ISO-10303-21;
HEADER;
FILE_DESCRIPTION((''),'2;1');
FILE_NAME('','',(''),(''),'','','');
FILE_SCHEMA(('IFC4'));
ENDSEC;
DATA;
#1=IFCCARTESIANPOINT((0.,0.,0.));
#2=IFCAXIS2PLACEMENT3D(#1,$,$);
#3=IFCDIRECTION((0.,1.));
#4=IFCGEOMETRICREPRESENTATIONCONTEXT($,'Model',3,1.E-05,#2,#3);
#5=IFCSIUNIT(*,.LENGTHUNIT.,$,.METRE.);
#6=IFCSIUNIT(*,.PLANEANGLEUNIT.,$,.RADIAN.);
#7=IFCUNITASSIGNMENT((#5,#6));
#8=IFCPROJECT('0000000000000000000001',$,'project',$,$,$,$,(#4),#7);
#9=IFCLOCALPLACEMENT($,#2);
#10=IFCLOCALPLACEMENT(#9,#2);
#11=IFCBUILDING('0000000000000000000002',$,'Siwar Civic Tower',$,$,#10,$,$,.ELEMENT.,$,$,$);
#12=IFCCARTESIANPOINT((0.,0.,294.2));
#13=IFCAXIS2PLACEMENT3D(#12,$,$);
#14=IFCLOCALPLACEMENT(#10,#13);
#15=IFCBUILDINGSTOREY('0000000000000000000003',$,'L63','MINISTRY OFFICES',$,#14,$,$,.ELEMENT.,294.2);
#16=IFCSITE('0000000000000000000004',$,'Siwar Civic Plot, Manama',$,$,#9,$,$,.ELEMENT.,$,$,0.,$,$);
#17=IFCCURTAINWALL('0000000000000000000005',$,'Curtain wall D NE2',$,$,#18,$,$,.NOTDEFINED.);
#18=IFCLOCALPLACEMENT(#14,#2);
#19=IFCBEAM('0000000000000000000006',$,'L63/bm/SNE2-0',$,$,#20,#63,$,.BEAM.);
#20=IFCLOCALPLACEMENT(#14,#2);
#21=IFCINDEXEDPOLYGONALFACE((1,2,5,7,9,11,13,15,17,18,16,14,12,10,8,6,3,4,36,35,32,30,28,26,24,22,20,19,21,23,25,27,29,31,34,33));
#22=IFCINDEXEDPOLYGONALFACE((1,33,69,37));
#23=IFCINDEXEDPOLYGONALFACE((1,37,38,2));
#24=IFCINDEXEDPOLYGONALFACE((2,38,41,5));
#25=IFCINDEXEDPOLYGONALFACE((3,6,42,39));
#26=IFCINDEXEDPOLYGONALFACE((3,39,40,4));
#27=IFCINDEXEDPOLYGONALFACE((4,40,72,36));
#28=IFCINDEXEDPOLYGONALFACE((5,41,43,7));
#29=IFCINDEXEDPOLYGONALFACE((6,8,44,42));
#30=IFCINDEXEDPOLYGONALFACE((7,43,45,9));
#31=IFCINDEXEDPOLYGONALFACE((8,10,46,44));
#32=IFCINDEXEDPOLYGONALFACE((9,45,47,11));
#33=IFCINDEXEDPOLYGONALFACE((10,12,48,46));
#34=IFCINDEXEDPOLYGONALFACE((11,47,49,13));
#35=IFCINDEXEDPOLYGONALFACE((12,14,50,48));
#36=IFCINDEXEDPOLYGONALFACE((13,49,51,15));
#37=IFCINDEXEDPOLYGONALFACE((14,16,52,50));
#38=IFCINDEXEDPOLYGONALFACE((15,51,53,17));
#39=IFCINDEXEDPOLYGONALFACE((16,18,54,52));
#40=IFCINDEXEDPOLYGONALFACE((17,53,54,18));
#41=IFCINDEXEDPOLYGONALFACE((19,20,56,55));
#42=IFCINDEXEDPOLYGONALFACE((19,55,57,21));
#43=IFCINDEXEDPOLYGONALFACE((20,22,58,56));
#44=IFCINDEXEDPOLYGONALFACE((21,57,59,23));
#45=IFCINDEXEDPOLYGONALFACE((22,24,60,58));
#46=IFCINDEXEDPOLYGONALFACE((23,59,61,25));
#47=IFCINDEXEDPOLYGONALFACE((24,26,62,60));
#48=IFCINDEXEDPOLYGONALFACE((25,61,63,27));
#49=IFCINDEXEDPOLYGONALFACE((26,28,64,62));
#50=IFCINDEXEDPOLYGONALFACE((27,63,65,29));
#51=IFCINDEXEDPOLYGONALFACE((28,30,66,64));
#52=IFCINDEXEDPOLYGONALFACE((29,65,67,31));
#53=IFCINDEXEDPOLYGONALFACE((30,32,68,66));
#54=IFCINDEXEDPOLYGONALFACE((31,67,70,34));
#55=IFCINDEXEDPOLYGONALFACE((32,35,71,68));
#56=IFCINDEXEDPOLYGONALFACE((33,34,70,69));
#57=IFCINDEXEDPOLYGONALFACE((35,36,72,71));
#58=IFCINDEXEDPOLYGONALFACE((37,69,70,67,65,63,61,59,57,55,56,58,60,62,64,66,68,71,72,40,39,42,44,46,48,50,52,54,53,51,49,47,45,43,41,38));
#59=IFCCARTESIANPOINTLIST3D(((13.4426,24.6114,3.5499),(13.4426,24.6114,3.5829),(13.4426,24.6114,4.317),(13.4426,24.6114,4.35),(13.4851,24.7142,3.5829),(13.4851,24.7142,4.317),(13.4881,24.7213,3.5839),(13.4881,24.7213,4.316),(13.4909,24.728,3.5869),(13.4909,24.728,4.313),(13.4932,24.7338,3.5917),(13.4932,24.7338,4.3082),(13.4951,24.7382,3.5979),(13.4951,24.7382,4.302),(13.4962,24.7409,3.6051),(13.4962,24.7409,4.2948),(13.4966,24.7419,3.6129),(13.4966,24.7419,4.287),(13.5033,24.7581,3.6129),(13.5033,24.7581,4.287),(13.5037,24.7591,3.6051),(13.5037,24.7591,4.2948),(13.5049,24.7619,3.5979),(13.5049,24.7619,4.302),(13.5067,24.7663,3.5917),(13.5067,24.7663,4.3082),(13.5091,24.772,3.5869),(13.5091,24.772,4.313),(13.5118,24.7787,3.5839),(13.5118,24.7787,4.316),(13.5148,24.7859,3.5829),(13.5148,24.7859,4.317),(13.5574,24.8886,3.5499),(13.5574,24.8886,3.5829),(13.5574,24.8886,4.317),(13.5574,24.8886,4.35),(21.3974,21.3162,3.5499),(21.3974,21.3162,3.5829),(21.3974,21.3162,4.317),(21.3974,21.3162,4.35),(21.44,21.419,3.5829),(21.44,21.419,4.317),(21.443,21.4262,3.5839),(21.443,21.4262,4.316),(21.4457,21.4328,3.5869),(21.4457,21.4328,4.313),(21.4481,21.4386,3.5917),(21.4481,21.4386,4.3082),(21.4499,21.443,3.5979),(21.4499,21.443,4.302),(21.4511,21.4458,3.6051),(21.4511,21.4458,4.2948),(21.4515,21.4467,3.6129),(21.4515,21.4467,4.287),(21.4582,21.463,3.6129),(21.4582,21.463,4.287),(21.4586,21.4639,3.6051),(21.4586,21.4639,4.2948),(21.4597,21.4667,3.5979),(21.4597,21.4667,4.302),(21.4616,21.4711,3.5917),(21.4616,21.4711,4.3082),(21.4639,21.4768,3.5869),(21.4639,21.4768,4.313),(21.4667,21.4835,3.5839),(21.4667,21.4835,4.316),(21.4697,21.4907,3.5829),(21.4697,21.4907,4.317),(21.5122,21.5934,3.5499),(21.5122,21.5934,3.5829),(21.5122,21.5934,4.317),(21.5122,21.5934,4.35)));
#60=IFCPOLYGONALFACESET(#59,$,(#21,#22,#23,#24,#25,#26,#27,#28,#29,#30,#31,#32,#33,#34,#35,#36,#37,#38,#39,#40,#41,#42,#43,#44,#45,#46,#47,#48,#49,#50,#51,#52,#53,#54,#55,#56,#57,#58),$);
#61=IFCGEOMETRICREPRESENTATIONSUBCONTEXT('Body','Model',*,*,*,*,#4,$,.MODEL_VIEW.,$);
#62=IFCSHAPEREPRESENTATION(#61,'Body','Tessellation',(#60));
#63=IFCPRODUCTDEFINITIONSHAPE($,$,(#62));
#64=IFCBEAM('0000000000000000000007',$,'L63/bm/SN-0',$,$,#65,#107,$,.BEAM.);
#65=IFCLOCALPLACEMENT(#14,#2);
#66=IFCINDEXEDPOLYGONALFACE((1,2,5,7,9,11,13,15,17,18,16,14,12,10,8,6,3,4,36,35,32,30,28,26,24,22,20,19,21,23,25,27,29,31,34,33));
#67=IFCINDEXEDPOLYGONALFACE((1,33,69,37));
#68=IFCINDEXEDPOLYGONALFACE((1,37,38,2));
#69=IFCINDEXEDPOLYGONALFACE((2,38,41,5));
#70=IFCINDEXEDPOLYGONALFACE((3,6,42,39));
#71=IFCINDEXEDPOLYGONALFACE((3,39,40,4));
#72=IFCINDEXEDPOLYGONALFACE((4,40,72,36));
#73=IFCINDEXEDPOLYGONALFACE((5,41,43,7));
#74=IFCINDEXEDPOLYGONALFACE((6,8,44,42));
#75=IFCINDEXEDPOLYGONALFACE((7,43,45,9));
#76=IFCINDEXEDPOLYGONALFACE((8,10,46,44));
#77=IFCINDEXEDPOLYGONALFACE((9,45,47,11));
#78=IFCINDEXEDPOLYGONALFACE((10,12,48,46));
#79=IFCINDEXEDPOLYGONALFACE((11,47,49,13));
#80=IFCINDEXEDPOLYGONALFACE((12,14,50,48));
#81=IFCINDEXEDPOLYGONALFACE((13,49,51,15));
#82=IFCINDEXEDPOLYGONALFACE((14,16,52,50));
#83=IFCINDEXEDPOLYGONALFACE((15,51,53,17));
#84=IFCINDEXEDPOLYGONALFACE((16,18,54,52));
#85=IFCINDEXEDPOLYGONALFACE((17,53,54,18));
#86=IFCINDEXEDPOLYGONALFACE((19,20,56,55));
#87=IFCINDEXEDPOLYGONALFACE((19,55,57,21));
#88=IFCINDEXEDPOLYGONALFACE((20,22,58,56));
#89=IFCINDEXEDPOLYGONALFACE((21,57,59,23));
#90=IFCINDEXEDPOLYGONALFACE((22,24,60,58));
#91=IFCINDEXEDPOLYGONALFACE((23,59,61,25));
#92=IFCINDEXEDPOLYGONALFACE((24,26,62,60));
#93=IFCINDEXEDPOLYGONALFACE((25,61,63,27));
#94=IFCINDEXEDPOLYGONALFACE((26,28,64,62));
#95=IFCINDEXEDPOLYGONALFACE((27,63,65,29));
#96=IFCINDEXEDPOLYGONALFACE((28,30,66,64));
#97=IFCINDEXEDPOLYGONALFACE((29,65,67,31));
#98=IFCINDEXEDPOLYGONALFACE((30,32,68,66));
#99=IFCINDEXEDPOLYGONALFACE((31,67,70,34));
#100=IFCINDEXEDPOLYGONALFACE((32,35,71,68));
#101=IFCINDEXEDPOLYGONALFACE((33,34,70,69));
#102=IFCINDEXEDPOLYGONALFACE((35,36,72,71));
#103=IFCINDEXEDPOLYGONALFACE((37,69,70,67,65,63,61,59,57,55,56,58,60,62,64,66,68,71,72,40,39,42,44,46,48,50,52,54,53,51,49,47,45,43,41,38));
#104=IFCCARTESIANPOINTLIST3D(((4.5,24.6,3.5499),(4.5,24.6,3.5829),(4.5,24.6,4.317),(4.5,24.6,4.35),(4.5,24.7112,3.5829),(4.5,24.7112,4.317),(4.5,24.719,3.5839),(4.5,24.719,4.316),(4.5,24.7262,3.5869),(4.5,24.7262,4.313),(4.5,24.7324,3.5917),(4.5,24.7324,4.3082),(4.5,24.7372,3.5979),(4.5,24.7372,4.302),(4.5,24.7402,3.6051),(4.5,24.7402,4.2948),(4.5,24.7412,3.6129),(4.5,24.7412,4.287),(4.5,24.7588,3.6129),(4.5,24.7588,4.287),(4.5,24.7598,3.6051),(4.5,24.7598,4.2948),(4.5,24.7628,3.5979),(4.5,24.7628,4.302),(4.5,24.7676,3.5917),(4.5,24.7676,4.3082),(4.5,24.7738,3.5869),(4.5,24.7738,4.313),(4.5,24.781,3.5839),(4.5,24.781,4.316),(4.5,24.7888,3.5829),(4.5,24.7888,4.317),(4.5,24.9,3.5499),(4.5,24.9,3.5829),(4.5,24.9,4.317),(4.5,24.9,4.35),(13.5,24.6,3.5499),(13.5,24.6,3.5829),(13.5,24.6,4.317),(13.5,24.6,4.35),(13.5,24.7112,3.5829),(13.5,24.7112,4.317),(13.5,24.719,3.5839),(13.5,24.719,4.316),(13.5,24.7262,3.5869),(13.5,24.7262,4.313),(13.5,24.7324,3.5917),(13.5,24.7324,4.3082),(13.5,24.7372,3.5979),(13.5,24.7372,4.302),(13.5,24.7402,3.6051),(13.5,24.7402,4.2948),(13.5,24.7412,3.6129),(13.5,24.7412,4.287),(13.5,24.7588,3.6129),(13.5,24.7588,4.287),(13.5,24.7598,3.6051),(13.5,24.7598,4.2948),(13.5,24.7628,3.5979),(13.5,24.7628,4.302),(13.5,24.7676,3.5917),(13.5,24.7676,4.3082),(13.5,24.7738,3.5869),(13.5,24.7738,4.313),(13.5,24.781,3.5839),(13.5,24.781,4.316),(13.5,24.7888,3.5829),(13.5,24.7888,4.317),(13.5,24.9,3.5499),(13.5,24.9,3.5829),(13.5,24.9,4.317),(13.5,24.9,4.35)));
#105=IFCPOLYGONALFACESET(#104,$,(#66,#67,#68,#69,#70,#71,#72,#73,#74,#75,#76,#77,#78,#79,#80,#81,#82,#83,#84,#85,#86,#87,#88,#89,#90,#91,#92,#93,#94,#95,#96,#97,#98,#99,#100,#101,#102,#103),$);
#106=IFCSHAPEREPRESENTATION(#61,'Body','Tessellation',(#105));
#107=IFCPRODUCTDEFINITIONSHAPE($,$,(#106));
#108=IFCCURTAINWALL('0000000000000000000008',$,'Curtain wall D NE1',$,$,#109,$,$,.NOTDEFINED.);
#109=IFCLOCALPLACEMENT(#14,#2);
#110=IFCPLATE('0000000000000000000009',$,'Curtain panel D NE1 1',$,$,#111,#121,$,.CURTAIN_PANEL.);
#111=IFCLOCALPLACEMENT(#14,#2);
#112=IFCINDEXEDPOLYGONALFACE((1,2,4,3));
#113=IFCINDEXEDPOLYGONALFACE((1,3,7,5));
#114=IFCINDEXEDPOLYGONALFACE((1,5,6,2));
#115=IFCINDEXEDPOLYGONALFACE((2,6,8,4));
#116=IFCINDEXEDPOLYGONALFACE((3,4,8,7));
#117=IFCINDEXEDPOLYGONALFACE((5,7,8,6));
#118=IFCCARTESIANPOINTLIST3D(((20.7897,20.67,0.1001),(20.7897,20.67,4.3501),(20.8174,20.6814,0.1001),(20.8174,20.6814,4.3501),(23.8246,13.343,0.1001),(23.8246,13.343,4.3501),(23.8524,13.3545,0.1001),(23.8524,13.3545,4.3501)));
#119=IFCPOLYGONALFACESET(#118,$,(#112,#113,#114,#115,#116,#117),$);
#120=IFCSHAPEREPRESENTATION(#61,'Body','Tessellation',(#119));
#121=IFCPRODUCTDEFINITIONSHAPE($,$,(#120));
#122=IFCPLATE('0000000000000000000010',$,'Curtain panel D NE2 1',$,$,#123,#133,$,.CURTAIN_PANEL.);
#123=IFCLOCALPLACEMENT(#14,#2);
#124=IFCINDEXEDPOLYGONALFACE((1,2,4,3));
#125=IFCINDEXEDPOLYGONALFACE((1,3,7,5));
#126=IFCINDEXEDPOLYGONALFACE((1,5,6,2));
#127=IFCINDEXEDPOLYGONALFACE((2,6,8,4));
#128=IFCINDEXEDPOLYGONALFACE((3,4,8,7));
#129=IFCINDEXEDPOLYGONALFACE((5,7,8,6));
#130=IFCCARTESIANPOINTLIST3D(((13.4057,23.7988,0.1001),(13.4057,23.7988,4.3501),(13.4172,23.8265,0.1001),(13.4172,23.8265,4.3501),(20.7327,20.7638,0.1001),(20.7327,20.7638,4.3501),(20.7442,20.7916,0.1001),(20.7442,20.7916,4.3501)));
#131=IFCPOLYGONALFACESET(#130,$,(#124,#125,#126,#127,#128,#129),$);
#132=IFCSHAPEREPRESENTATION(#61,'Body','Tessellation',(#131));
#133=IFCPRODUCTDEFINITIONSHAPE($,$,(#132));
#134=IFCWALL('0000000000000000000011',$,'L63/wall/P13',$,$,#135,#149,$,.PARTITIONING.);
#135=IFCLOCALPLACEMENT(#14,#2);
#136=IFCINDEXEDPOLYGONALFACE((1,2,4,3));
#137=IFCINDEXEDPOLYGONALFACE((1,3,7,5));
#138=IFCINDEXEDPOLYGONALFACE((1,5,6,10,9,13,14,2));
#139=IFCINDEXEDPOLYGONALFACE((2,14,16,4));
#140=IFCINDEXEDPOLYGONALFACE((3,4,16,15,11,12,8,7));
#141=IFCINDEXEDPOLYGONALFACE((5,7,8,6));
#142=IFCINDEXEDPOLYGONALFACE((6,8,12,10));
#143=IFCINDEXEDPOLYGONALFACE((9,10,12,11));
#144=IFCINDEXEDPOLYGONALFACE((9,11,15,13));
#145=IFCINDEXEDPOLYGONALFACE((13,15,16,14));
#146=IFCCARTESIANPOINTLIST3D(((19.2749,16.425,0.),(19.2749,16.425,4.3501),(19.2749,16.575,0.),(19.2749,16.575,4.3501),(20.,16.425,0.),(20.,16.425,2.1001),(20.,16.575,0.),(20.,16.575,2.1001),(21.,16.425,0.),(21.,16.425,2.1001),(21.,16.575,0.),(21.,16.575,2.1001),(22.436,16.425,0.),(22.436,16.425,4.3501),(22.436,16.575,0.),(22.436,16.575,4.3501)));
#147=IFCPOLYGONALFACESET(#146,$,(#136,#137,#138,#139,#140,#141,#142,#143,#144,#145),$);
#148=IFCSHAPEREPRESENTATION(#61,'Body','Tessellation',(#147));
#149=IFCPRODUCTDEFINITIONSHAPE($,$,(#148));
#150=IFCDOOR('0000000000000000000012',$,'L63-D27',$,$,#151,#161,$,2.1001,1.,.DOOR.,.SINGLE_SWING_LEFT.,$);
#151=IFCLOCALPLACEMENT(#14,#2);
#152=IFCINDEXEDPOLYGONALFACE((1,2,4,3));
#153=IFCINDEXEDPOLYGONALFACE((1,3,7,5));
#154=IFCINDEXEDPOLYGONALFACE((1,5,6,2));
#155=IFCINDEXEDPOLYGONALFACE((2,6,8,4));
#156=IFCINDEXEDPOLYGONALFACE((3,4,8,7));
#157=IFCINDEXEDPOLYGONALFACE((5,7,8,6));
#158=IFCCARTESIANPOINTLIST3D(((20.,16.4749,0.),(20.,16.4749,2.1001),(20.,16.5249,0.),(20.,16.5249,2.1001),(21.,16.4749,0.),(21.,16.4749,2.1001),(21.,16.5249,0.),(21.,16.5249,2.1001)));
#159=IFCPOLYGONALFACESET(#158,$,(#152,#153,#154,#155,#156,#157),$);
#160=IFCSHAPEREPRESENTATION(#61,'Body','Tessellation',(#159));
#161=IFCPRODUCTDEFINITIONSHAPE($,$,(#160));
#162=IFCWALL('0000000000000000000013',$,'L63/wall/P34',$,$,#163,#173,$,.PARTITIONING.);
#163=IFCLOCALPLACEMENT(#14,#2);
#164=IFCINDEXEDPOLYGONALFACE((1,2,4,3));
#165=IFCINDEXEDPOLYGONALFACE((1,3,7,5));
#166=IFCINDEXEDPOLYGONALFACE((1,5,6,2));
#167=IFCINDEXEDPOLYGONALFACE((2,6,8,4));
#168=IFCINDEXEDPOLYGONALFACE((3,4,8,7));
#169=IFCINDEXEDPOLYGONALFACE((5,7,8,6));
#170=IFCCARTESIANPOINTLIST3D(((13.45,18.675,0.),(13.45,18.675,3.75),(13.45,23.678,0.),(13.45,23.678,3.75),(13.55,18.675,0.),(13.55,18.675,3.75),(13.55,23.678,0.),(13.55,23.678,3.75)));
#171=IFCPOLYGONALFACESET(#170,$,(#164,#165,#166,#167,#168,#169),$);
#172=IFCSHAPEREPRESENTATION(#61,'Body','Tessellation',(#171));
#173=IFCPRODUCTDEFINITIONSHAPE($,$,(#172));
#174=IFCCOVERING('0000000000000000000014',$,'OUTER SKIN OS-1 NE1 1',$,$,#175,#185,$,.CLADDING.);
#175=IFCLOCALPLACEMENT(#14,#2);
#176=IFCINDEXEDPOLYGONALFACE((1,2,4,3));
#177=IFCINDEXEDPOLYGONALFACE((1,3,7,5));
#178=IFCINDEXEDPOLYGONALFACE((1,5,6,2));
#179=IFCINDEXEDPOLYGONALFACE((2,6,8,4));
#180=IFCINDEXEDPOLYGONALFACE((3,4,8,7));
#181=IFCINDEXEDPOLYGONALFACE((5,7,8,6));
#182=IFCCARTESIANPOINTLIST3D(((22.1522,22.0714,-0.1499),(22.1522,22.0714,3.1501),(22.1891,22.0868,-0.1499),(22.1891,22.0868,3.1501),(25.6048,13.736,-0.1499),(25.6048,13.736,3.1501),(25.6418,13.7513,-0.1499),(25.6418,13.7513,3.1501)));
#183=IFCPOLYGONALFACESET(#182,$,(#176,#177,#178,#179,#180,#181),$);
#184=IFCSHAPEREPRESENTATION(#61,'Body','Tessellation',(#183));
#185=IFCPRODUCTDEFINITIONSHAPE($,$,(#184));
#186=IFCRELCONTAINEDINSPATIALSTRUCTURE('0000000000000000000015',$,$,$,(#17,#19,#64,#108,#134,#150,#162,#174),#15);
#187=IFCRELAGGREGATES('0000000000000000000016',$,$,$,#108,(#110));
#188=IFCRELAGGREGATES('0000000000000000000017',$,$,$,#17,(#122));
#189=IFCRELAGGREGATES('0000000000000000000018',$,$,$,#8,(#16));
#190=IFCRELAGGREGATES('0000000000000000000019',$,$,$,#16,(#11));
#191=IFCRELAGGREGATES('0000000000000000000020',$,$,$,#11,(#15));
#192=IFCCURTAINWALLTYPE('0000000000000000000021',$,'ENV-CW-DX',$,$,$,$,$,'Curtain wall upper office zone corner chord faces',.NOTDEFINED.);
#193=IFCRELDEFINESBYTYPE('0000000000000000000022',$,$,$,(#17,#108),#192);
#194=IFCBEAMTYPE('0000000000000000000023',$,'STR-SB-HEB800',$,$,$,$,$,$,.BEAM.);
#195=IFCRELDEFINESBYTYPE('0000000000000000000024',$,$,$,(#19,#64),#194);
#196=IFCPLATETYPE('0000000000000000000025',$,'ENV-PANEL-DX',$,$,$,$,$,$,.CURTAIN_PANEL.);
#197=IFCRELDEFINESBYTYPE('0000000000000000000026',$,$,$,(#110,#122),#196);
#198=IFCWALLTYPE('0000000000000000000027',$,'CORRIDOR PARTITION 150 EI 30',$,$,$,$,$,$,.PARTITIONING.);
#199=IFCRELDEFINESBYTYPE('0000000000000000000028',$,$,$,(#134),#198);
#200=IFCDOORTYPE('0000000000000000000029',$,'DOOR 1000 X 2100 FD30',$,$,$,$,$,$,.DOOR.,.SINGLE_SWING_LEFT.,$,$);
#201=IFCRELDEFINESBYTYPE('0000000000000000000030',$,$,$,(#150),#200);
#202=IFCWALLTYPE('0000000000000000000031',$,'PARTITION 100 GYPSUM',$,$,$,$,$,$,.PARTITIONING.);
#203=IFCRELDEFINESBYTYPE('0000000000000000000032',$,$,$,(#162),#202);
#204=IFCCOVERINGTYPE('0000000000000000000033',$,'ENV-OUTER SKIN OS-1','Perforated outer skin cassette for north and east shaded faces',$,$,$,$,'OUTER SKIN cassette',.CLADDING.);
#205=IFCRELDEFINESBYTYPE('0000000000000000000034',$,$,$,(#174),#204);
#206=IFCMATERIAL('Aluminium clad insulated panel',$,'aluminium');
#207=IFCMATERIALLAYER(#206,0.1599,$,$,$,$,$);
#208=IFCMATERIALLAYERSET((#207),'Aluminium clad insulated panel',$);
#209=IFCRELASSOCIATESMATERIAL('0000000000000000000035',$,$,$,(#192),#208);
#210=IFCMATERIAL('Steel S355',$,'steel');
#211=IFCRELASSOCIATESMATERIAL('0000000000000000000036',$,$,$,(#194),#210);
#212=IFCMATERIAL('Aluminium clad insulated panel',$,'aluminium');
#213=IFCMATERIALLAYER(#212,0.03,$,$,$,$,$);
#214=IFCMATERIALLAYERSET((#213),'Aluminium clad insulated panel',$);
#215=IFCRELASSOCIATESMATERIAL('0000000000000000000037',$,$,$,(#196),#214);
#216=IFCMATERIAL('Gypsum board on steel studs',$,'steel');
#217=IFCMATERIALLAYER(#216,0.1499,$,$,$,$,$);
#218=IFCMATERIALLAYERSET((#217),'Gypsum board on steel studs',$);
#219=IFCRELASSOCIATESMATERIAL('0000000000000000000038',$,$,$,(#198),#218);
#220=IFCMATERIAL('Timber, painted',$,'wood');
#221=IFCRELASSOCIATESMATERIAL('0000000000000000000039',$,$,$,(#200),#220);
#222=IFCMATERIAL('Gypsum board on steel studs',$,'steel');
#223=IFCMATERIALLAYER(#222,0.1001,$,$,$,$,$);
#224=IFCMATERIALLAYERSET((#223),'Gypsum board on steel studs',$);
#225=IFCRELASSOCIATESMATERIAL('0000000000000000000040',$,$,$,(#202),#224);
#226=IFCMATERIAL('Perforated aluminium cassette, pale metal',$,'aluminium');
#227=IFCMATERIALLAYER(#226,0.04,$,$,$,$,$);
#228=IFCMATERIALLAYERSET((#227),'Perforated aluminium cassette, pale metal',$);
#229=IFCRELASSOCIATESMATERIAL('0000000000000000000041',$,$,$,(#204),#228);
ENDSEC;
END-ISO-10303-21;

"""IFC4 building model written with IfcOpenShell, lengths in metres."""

from ifc_helpers import new_model, si_unit, direction, frame, frame_2d, origin, origin_2d, place, context, subcontext, project, spatial, rectangle, i_section, extrude, material, layer, layer_set, material_profile, profile_set, type_object, element, fill, aggregate, save


model = new_model("IFC4")

# Units and contexts
model_context = context("Model", 3, precision=1e-05, world=origin(), true_north=direction((0.0, 1.0)))
body_context = subcontext(model_context, "Body", "Model", "MODEL_VIEW")
ifc_project = project(units=[si_unit("LENGTHUNIT", "METRE"), si_unit("PLANEANGLEUNIT", "RADIAN")], contexts=[model_context])

# Site, building, storey
site_placement = place(None, origin())
site = spatial("IfcSite", under=ifc_project, at=site_placement, Name="Siwar Civic Plot, Manama", CompositionType="ELEMENT", RefElevation=0.0)
building_placement = place(site_placement, origin())
building = spatial("IfcBuilding", under=site, at=building_placement, Name="Siwar Civic Tower", CompositionType="ELEMENT")
storey_placement = place(building_placement, frame((0.0, 0.0, 294.2)))
storey = spatial("IfcBuildingStorey", under=building, at=storey_placement, Name="L63", Description="MINISTRY OFFICES", CompositionType="ELEMENT", Elevation=294.2)

# Curtain wall
ifc_material_1 = material(Name="Aluminium clad insulated panel", Category="aluminium")
ifc_layer_1 = layer(ifc_material_1, 0.1599)
ifc_layer_set_1 = layer_set([ifc_layer_1], Name="Aluminium clad insulated panel")
curtain_wall_type = type_object("IfcCurtainWallType", Name="ENV-CW-DX", ElementType="Curtain wall upper office zone corner chord faces", PredefinedType="NOTDEFINED", material=ifc_layer_set_1)
curtain_wall_1_placement = place(storey_placement, origin())
curtain_wall_1 = element("IfcCurtainWall", 1, at=curtain_wall_1_placement, inside=storey, type_object=curtain_wall_type, Name="Curtain wall D NE2", PredefinedType="NOTDEFINED")

# Beams
ifc_material_2 = material(Name="Steel S355", Category="steel")
ifc_material_profile_1 = material_profile(ifc_material_2, i_section(OverallWidth=0.3, OverallDepth=0.8, WebThickness=0.0176, FlangeThickness=0.033, FilletRadius=0.03, at=origin_2d()), Name="HEB800")
ifc_profile_set_1 = profile_set([ifc_material_profile_1], Name="Steel S355")
beam_type_1 = type_object("IfcBeamType", Name="STR-SB-HEB800", PredefinedType="BEAM", material=ifc_profile_set_1)
beam_1_placement = place(storey_placement, frame((21.4548, 21.4548, 3.95), z_axis=(-0.923873, 0.3827, 0.0), x_axis=(-0.3827, -0.923873, 0.0)))
element("IfcBeam", 2, at=beam_1_placement, inside=storey, type_object=beam_type_1, Name="L63/bm/SNE2-0", PredefinedType="BEAM", context=body_context, shape_type="SweptSolid", body=[
    extrude(i_section(OverallWidth=0.3, OverallDepth=0.8, WebThickness=0.0176, FlangeThickness=0.033, FilletRadius=0.03, at=origin_2d()), origin(), (0.0, 0.0, 1.0), 8.6104),
])
beam_2_placement = place(storey_placement, frame((13.5, 24.75, 3.95), z_axis=(-1.0, 0.0, 0.0), x_axis=(0.0, -1.0, 0.0)))
element("IfcBeam", 3, at=beam_2_placement, inside=storey, type_object=beam_type_1, Name="L63/bm/SN-0", PredefinedType="BEAM", context=body_context, shape_type="SweptSolid", body=[
    extrude(i_section(OverallWidth=0.3, OverallDepth=0.8, WebThickness=0.0176, FlangeThickness=0.033, FilletRadius=0.03, at=origin_2d()), origin(), (0.0, 0.0, 1.0), 9.0),
])

# Curtain wall, plate
curtain_wall_2_placement = place(storey_placement, origin())
curtain_wall_2 = element("IfcCurtainWall", 4, at=curtain_wall_2_placement, inside=storey, type_object=curtain_wall_type, Name="Curtain wall D NE1", PredefinedType="NOTDEFINED")
ifc_material_3 = material(Name="Aluminium clad insulated panel", Category="aluminium")
ifc_layer_2 = layer(ifc_material_3, 0.03)
ifc_layer_set_2 = layer_set([ifc_layer_2], Name="Aluminium clad insulated panel")
plate_type = type_object("IfcPlateType", Name="ENV-PANEL-DX", PredefinedType="CURTAIN_PANEL", material=ifc_layer_set_2)
plate_1_placement = place(storey_placement, frame((22.321, 17.0122, 0.1001), z_axis=(0.0, 0.0, 1.0), x_axis=(-0.382683, 0.92388, 0.0)))
plate_1 = element("IfcPlate", 5, at=plate_1_placement, type_object=plate_type, Name="Curtain panel D NE1 1", PredefinedType="CURTAIN_PANEL", context=body_context, shape_type="SweptSolid", body=[
    extrude(rectangle(XDim=7.9307, YDim=0.03, at=origin_2d()), origin(), (0.0, 0.0, 1.0), 4.25),
])
aggregate(curtain_wall_2, [plate_1])

# Plate
plate_2_placement = place(storey_placement, frame((17.075, 22.2952, 0.1001), z_axis=(0.0, 0.0, 1.0), x_axis=(-0.92388, 0.382683, 0.0)))
plate_2 = element("IfcPlate", 6, at=plate_2_placement, type_object=plate_type, Name="Curtain panel D NE2 1", PredefinedType="CURTAIN_PANEL", context=body_context, shape_type="SweptSolid", body=[
    extrude(rectangle(XDim=7.9307, YDim=0.03, at=origin_2d()), origin(), (0.0, 0.0, 1.0), 4.25),
])
aggregate(curtain_wall_1, [plate_2])

# Wall, opening, door
ifc_material_4 = material(Name="Gypsum board on steel studs", Category="steel")
ifc_layer_3 = layer(ifc_material_4, 0.1499)
ifc_layer_set_3 = layer_set([ifc_layer_3], Name="Gypsum board on steel studs")
wall_type_1 = type_object("IfcWallType", Name="CORRIDOR PARTITION 150 EI 30", PredefinedType="PARTITIONING", material=ifc_layer_set_3)
wall_1_placement = place(storey_placement, frame((19.2749, 16.5, 0.0), z_axis=(0.0, 0.0, 1.0), x_axis=(1.0, 0.0, 0.0)))
wall_1 = element("IfcWall", 7, at=wall_1_placement, inside=storey, type_object=wall_type_1, Name="L63/wall/P13", PredefinedType="PARTITIONING", context=body_context, shape_type="SweptSolid", body=[
    extrude(rectangle(XDim=3.1611, YDim=0.1499, at=frame_2d((1.5806, 0.0))), origin(), (0.0, 0.0, 1.0), 4.3501),
])
opening_placement = place(wall_1_placement, frame((0.7251, 0.0, 0.0)))
opening = element("IfcOpeningElement", 8, at=opening_placement, cuts=wall_1, PredefinedType="OPENING", context=body_context, shape_type="SweptSolid", body=[
    extrude(rectangle(XDim=1.0, YDim=2.1001, at=frame_2d((0.5, 1.05))), frame((0.0, 0.085, 0.0), z_axis=(0.0, -1.0, 0.0), x_axis=(1.0, 0.0, 0.0)), (0.0, 0.0, 1.0), 0.1699),
])
ifc_material_5 = material(Name="Timber, painted", Category="wood")
door_type = type_object("IfcDoorType", Name="DOOR 1000 X 2100 FD30", OperationType="SINGLE_SWING_LEFT", PredefinedType="DOOR", material=ifc_material_5)
door_placement = place(opening_placement, origin())
door = element("IfcDoor", 9, at=door_placement, inside=storey, type_object=door_type, Name="L63-D27", OperationType="SINGLE_SWING_LEFT", OverallHeight=2.1001, OverallWidth=1.0, PredefinedType="DOOR", context=body_context, shape_type="SweptSolid", body=[
    extrude(rectangle(XDim=1.0, YDim=2.1001, at=frame_2d((0.5, 1.05))), frame((0.0, 0.0249, 0.0), z_axis=(0.0, -1.0, 0.0), x_axis=(1.0, 0.0, 0.0)), (0.0, 0.0, 1.0), 0.05),
])
fill(opening, door)

# Wall
ifc_material_6 = material(Name="Gypsum board on steel studs", Category="steel")
ifc_layer_4 = layer(ifc_material_6, 0.1001)
ifc_layer_set_4 = layer_set([ifc_layer_4], Name="Gypsum board on steel studs")
wall_type_2 = type_object("IfcWallType", Name="PARTITION 100 GYPSUM", PredefinedType="PARTITIONING", material=ifc_layer_set_4)
wall_2_placement = place(storey_placement, frame((13.5, 18.675, 0.0), z_axis=(0.0, 0.0, 1.0), x_axis=(0.0, 1.0, 0.0)))
element("IfcWall", 10, at=wall_2_placement, inside=storey, type_object=wall_type_2, Name="L63/wall/P34", PredefinedType="PARTITIONING", context=body_context, shape_type="SweptSolid", body=[
    extrude(rectangle(XDim=5.0029, YDim=0.1001, at=frame_2d((2.5015, 0.0))), origin(), (0.0, 0.0, 1.0), 3.75),
])

# Covering
ifc_material_7 = material(Name="Perforated aluminium cassette, pale metal", Category="aluminium")
ifc_layer_5 = layer(ifc_material_7, 0.04)
ifc_layer_set_5 = layer_set([ifc_layer_5], Name="Perforated aluminium cassette, pale metal")
covering_type = type_object("IfcCoveringType", Name="ENV-OUTER SKIN OS-1", Description="Perforated outer skin cassette for north and east shaded faces", ElementType="OUTER SKIN cassette", PredefinedType="CLADDING", material=ifc_layer_set_5)
for number, where, z_axis, x_axis, name in (
    (11, (23.897, 17.9114, -0.1499), (0.0, 0.0, 1.0), (-0.382683, 0.92388, 0.0), "OUTER SKIN OS-1 NE1 1"),
):
    element("IfcCovering", number, at=place(storey_placement, frame(where, z_axis=z_axis, x_axis=x_axis)), inside=storey, type_object=covering_type, Name=name, PredefinedType="CLADDING", context=body_context, shape_type="SweptSolid", body=[
        extrude(rectangle(XDim=9.0222, YDim=0.04, at=origin_2d()), origin(), (0.0, 0.0, 1.0), 3.3),
    ])

save(model, "model.ifc")
